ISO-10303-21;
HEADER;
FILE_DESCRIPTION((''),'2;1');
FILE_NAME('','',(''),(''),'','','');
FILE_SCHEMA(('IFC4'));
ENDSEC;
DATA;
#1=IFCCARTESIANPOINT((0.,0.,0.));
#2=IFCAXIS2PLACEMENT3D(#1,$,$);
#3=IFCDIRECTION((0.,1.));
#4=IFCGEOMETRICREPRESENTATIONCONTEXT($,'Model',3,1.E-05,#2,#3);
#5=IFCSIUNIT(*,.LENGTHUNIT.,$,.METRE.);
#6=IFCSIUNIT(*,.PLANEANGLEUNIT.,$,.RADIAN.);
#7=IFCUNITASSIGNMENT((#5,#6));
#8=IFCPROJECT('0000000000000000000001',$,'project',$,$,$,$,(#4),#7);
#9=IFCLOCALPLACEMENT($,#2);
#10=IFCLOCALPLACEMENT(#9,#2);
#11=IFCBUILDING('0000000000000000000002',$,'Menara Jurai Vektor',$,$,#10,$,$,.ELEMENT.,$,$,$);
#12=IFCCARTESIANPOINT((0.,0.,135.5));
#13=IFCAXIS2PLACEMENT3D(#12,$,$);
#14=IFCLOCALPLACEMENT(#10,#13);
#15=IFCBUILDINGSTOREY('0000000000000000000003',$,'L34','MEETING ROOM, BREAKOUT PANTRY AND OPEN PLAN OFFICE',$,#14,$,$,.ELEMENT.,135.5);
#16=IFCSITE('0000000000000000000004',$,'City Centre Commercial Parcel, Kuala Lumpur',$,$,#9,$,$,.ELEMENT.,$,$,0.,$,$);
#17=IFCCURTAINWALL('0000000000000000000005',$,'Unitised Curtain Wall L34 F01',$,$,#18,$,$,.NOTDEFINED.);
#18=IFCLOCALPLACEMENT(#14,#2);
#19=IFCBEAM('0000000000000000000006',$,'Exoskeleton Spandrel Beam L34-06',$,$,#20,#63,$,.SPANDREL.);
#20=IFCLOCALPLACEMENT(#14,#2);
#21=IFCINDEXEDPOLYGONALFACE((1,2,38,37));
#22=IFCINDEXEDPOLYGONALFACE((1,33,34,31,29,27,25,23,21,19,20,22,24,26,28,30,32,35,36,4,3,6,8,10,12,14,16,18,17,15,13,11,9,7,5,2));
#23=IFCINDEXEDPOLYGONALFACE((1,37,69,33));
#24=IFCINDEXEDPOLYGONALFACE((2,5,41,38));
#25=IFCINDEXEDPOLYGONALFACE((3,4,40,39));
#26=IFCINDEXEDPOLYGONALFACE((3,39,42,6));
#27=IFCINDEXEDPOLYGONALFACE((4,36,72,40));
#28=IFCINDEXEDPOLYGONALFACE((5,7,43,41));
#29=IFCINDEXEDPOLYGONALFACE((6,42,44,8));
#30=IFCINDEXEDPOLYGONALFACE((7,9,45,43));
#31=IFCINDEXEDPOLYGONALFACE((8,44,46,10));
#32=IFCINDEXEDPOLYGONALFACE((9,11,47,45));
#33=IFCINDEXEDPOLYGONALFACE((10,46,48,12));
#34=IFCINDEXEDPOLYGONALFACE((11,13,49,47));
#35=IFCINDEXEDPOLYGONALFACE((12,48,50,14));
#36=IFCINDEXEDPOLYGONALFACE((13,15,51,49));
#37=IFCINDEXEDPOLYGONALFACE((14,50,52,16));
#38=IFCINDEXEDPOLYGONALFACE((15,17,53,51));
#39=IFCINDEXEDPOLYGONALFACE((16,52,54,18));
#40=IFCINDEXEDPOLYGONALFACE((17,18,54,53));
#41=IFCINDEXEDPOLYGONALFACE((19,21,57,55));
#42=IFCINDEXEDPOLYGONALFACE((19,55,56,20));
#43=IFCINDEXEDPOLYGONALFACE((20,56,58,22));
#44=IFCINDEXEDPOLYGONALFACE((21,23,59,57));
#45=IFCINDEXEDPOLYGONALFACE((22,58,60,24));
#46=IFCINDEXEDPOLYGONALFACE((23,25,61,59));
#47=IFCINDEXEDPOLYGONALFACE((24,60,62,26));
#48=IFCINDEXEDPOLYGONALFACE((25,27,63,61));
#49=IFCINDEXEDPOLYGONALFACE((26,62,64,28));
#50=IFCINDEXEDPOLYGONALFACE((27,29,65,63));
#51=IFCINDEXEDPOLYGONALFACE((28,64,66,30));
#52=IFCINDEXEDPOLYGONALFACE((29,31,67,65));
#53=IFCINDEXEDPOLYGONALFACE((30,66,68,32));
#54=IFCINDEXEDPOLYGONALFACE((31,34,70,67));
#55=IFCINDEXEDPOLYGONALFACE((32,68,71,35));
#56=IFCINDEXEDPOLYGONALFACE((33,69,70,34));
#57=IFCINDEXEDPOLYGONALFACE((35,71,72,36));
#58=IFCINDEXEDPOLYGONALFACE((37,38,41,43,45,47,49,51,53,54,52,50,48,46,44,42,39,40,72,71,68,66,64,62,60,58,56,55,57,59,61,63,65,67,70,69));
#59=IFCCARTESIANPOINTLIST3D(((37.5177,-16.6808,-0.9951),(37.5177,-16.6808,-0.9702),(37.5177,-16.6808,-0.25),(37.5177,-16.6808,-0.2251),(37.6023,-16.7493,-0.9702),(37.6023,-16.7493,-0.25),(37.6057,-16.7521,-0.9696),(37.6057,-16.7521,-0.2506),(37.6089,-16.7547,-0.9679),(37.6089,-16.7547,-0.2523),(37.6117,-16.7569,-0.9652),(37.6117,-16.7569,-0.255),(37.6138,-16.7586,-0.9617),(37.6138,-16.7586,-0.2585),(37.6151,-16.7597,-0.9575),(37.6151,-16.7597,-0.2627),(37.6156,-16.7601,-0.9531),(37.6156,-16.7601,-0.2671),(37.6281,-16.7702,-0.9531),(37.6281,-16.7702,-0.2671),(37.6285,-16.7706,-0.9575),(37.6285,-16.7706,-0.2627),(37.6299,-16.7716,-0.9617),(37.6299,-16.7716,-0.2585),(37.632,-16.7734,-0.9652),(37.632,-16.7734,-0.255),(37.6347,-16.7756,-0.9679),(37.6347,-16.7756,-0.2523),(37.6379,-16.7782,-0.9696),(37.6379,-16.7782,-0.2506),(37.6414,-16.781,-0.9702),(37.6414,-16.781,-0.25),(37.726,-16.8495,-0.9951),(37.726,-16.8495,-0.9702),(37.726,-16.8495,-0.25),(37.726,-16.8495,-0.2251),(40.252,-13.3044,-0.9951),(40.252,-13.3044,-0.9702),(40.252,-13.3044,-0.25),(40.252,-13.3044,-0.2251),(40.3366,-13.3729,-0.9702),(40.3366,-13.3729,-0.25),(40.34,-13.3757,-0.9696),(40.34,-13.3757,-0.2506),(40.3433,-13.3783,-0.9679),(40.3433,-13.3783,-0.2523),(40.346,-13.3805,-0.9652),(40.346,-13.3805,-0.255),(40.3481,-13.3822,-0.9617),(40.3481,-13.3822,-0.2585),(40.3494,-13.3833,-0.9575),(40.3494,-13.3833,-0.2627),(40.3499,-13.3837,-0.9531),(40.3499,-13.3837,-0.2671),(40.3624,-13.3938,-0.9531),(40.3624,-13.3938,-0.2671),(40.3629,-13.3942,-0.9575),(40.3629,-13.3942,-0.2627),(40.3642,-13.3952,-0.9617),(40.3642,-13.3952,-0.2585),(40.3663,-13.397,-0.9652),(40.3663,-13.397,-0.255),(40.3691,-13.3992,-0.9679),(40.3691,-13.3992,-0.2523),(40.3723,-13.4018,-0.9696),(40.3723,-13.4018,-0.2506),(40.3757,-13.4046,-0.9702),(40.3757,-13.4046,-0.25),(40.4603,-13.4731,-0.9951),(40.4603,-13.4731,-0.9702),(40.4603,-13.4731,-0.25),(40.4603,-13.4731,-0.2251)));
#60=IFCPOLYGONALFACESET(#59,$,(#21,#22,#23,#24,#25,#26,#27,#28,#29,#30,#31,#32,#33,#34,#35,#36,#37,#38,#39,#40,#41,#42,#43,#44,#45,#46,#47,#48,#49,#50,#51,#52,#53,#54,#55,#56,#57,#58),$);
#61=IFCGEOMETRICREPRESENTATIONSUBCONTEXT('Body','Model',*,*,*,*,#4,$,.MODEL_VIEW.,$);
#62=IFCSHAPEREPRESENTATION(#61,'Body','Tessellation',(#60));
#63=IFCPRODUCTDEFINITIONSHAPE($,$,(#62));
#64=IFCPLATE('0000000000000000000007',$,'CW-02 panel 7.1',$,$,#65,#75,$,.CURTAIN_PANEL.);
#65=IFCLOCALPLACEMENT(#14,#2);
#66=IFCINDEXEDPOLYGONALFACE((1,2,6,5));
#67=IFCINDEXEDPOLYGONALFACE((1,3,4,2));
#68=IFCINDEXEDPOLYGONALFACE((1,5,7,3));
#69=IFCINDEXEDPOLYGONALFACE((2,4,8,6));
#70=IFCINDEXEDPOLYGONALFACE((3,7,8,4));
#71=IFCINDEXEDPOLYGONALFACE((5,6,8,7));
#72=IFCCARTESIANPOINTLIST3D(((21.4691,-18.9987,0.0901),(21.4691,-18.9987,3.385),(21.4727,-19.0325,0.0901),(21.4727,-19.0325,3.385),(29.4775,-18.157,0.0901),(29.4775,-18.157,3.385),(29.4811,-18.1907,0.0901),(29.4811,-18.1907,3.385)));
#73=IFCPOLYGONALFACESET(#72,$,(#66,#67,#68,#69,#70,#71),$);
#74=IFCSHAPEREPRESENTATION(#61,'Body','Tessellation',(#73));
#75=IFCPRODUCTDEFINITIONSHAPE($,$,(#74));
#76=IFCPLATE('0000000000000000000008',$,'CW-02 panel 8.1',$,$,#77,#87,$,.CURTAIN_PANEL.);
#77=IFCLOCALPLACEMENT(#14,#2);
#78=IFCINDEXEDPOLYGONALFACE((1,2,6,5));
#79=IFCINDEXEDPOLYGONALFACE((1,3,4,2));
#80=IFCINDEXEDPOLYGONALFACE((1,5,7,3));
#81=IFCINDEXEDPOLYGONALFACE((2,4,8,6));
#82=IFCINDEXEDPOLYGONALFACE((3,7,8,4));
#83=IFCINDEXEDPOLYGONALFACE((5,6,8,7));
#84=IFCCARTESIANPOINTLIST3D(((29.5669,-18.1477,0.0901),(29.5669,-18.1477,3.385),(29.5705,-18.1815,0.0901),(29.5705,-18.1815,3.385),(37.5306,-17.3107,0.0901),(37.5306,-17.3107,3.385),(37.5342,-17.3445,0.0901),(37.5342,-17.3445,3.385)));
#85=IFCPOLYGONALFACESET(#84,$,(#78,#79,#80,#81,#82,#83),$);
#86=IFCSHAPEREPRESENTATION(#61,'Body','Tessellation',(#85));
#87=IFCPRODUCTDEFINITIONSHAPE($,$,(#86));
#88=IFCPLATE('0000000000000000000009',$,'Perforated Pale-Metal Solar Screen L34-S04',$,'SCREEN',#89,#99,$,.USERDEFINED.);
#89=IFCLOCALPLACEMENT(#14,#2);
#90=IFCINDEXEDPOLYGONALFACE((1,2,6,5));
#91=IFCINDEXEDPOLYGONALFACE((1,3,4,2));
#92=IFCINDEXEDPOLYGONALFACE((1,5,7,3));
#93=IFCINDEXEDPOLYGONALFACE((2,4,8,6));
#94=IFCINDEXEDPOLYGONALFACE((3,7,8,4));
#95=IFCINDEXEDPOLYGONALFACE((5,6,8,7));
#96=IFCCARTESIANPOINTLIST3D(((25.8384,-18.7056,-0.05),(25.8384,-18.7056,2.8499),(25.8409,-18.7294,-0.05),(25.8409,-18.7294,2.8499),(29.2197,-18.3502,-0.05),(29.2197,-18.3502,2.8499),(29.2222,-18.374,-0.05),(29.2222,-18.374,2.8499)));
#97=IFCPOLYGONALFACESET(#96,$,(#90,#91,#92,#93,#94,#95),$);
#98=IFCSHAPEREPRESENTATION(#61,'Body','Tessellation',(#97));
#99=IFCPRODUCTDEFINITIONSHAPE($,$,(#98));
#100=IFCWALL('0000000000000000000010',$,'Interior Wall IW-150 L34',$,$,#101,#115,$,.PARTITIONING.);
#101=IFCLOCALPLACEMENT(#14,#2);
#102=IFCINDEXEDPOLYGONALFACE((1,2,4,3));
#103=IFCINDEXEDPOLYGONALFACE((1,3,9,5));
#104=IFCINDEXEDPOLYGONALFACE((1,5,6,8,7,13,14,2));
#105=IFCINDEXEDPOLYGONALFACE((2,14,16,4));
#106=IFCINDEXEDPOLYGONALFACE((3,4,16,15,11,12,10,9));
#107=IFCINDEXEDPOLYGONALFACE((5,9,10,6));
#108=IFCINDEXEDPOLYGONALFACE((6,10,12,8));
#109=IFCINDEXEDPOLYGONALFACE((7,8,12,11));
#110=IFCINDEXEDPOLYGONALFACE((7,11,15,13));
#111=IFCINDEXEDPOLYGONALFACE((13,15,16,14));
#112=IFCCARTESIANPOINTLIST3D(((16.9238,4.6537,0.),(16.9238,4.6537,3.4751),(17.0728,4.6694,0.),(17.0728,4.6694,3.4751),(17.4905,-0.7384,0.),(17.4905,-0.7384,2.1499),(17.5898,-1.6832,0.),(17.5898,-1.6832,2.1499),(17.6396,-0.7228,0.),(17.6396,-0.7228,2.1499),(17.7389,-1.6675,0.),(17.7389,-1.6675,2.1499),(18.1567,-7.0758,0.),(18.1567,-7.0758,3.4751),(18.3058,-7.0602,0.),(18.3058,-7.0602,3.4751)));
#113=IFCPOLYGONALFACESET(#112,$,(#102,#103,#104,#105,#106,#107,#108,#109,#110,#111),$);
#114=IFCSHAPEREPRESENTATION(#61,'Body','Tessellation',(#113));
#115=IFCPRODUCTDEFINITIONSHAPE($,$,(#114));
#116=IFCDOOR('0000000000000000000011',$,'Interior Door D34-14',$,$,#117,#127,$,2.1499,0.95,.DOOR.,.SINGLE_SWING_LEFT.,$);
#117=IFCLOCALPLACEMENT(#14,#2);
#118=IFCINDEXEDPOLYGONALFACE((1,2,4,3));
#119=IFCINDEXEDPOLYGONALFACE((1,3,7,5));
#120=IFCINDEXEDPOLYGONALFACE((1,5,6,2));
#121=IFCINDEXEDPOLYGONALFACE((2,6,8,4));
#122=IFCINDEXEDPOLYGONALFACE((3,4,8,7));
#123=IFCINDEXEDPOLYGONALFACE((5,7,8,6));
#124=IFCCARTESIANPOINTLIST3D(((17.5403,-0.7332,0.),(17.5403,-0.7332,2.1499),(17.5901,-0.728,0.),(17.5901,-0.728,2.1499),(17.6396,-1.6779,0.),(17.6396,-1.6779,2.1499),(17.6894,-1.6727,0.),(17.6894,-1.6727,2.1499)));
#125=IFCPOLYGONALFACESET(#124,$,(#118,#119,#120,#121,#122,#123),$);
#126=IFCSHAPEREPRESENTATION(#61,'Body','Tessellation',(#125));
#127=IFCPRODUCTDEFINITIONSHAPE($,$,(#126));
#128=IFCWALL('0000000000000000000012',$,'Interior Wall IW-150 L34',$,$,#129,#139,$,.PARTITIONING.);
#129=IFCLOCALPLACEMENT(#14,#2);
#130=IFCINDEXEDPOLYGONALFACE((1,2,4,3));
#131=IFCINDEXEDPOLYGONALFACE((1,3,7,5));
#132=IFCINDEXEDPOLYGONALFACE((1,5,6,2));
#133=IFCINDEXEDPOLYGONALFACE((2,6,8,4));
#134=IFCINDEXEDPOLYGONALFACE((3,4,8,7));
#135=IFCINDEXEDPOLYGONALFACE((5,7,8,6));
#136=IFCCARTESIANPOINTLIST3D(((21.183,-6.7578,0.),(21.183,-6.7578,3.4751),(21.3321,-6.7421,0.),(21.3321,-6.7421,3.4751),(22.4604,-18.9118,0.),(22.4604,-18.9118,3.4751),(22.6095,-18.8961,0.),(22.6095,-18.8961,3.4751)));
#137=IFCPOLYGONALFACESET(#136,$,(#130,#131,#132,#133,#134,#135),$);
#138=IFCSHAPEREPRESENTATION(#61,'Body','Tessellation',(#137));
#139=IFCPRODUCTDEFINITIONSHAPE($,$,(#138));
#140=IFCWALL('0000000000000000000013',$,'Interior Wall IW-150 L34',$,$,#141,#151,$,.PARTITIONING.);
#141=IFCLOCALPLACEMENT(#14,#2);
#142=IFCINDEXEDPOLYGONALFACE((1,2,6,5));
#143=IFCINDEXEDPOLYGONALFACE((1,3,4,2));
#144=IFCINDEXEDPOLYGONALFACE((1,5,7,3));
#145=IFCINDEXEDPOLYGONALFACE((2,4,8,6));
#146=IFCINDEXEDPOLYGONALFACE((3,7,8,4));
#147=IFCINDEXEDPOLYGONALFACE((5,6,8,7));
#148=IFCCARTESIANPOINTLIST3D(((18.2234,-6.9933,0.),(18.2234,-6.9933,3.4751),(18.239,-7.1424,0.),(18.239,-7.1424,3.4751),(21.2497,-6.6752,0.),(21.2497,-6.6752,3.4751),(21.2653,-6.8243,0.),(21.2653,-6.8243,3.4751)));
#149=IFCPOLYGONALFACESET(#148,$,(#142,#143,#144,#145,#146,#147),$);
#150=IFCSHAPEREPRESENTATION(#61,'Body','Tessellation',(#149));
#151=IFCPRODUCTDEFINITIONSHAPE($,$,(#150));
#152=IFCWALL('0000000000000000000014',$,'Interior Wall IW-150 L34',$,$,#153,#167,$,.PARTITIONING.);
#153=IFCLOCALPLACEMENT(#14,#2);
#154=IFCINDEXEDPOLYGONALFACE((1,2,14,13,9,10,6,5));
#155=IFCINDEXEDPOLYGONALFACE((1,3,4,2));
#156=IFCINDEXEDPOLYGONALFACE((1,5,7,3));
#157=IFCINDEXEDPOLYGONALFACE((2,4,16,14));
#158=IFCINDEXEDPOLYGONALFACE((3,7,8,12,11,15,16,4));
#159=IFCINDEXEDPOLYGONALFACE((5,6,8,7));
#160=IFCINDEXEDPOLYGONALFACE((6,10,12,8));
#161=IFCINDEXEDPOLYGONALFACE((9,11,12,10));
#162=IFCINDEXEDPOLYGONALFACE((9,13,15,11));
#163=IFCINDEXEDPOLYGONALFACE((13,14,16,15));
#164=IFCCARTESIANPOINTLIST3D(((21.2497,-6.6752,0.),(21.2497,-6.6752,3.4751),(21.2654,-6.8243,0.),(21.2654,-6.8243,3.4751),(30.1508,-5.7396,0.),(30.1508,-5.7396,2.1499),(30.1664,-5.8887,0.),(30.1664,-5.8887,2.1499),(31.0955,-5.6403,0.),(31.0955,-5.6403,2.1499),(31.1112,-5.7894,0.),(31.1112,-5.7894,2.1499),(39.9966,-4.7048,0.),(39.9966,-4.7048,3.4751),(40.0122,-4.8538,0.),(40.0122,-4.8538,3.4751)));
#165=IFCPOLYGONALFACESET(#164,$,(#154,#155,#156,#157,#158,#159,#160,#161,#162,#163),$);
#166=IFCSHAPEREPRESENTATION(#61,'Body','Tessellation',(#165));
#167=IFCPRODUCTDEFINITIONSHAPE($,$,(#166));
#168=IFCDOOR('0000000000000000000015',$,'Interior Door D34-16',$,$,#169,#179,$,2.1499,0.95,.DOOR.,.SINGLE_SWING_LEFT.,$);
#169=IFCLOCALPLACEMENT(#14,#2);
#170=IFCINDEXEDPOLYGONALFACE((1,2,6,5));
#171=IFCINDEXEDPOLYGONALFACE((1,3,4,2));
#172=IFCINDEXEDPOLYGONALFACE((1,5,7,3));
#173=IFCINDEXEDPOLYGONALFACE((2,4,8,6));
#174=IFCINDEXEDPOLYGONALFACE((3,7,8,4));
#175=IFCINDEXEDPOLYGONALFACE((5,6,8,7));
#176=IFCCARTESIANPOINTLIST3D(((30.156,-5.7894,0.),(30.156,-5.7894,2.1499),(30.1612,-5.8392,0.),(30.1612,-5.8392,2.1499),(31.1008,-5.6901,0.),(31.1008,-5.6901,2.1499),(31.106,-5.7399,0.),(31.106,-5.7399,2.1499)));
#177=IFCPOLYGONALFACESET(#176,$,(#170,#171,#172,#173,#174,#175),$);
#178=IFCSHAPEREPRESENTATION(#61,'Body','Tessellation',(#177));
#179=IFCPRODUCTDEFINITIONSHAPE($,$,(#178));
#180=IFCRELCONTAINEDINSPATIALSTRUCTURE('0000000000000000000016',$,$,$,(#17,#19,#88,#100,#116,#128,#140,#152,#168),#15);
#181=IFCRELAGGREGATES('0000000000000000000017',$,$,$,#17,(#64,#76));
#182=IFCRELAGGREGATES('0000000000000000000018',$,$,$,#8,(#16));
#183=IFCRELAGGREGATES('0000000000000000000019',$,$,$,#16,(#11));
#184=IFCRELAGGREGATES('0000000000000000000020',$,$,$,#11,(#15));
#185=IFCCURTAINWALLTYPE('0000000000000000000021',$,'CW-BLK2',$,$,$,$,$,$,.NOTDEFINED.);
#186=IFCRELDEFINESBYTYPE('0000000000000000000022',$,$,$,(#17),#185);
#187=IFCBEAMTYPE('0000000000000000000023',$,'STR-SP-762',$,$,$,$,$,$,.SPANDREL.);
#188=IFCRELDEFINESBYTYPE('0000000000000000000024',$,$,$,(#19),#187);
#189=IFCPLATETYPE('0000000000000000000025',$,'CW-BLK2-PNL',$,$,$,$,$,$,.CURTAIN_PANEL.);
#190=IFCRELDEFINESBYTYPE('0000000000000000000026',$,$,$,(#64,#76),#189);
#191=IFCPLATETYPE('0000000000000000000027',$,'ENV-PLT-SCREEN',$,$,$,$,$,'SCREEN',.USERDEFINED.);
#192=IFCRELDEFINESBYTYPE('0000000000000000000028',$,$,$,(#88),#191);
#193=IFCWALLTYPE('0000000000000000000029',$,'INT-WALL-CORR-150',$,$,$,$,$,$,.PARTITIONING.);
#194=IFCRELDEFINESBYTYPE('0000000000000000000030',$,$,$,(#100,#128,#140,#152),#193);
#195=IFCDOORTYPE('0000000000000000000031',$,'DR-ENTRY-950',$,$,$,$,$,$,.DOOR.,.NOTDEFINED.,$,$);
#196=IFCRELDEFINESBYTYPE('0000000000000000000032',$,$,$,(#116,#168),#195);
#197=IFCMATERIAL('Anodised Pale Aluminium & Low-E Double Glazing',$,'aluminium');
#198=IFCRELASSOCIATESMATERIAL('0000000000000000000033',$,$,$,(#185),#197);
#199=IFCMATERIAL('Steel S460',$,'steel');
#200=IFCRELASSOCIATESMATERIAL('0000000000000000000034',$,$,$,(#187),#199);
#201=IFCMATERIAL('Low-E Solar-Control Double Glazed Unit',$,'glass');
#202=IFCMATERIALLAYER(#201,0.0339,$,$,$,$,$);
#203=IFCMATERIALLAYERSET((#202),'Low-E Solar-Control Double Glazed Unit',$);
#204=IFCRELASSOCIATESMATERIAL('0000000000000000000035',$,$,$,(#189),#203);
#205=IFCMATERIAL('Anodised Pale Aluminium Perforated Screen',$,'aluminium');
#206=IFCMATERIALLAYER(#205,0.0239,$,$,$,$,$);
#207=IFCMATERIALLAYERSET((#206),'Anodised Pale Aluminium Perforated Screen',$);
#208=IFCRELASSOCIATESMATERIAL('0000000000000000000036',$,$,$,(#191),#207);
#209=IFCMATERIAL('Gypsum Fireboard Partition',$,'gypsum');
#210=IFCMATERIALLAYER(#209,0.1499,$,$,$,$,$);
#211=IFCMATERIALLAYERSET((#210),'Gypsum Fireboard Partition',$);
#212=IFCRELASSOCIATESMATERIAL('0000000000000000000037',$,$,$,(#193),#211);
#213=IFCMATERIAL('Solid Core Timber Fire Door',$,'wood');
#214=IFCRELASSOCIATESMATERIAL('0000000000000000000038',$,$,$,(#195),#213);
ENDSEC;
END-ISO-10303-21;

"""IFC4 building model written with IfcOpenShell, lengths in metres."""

from ifc_helpers import new_model, si_unit, direction, frame, frame_2d, origin, origin_2d, place, context, subcontext, project, spatial, rectangle, i_section, extrude, material, layer, layer_set, material_profile, profile_set, type_object, element, fill, aggregate, save


model = new_model("IFC4")

# Units and contexts
model_context = context("Model", 3, precision=1e-05, world=origin(), true_north=direction((0.0, 1.0)))
body_context = subcontext(model_context, "Body", "Model", "MODEL_VIEW")
ifc_project = project(units=[si_unit("LENGTHUNIT", "METRE"), si_unit("PLANEANGLEUNIT", "RADIAN")], contexts=[model_context])

# Site, building, storey
site_placement = place(None, origin())
site = spatial("IfcSite", under=ifc_project, at=site_placement, Name="City Centre Commercial Parcel, Kuala Lumpur", CompositionType="ELEMENT", RefElevation=0.0)
building_placement = place(site_placement, origin())
building = spatial("IfcBuilding", under=site, at=building_placement, Name="Menara Jurai Vektor", CompositionType="ELEMENT")
storey_placement = place(building_placement, frame((0.0, 0.0, 135.5)))
storey = spatial("IfcBuildingStorey", under=building, at=storey_placement, Name="L34", Description="MEETING ROOM, BREAKOUT PANTRY AND OPEN PLAN OFFICE", CompositionType="ELEMENT", Elevation=135.5)

# Shared definitions
ifc_material_1 = material(Name="Steel S460", Category="steel")

# Curtain wall
ifc_material_2 = material(Name="Anodised Pale Aluminium & Low-E Double Glazing", Category="aluminium")
curtain_wall_type = type_object("IfcCurtainWallType", Name="CW-BLK2", PredefinedType="NOTDEFINED", material=ifc_material_2)
curtain_wall_1_placement = place(storey_placement, origin())
curtain_wall_1 = element("IfcCurtainWall", 1, at=curtain_wall_1_placement, inside=storey, type_object=curtain_wall_type, Name="Unitised Curtain Wall L34 F01", PredefinedType="NOTDEFINED")

# Beam
ifc_material_profile_1 = material_profile(ifc_material_1, i_section(OverallWidth=0.2681, OverallDepth=0.77, WebThickness=0.0161, FlangeThickness=0.0249, FilletRadius=0.0171, at=origin_2d()), Name="UKB 762x267x197")
ifc_profile_set_1 = profile_set([ifc_material_profile_1], Name="Steel S460")
beam_type_1 = type_object("IfcBeamType", Name="STR-SP-762", PredefinedType="SPANDREL", material=ifc_profile_set_1)
beam_1_placement = place(storey_placement, frame((37.6218, -16.7651, -0.6101), z_axis=(0.629344, 0.777127, 0.0), x_axis=(-0.777127, 0.629344, 0.0)))
element("IfcBeam", 2, at=beam_1_placement, inside=storey, type_object=beam_type_1, Name="Exoskeleton Spandrel Beam L34-06", PredefinedType="SPANDREL", context=body_context, shape_type="SweptSolid", body=[
    extrude(i_section(OverallWidth=0.2681, OverallDepth=0.77, WebThickness=0.0161, FlangeThickness=0.0249, FilletRadius=0.0171, at=origin_2d()), origin(), (0.0, 0.0, 1.0), 4.3447),
])

# Plates
ifc_material_3 = material(Name="Low-E Solar-Control Double Glazed Unit", Category="glass")
ifc_layer_1 = layer(ifc_material_3, 0.0339)
ifc_layer_set_1 = layer_set([ifc_layer_1], Name="Low-E Solar-Control Double Glazed Unit")
plate_type_1 = type_object("IfcPlateType", Name="CW-BLK2-PNL", PredefinedType="CURTAIN_PANEL", material=ifc_layer_set_1)
plate_1_placement = place(storey_placement, frame((25.4751, -18.5947, 0.0901), z_axis=(0.0, 0.0, 1.0), x_axis=(0.994522, 0.104529, 0.0)))
plate_1 = element("IfcPlate", 3, at=plate_1_placement, type_object=plate_type_1, Name="CW-02 panel 7.1", PredefinedType="CURTAIN_PANEL", context=body_context, shape_type="SweptSolid", body=[
    extrude(rectangle(XDim=8.0525, YDim=0.0339, at=origin_2d()), origin(), (0.0, 0.0, 1.0), 3.2949),
])
plate_2_placement = place(storey_placement, frame((33.5505, -17.7461, 0.0901), z_axis=(0.0, 0.0, 1.0), x_axis=(0.994522, 0.104529, 0.0)))
plate_2 = element("IfcPlate", 4, at=plate_2_placement, type_object=plate_type_1, Name="CW-02 panel 8.1", PredefinedType="CURTAIN_PANEL", context=body_context, shape_type="SweptSolid", body=[
    extrude(rectangle(XDim=8.0076, YDim=0.0339, at=origin_2d()), origin(), (0.0, 0.0, 1.0), 3.2949),
])
aggregate(curtain_wall_1, [plate_1, plate_2])
ifc_material_4 = material(Name="Anodised Pale Aluminium Perforated Screen", Category="aluminium")
ifc_layer_2 = layer(ifc_material_4, 0.0239)
ifc_layer_set_2 = layer_set([ifc_layer_2], Name="Anodised Pale Aluminium Perforated Screen")
plate_type_2 = type_object("IfcPlateType", Name="ENV-PLT-SCREEN", ElementType="SCREEN", PredefinedType="USERDEFINED", material=ifc_layer_set_2)
plate_3_placement = place(storey_placement, frame((27.5303, -18.5398, -0.05), z_axis=(0.0, 0.0, 1.0), x_axis=(0.994522, 0.104528, 0.0)))
element("IfcPlate", 5, at=plate_3_placement, inside=storey, type_object=plate_type_2, Name="Perforated Pale-Metal Solar Screen L34-S04", ObjectType="SCREEN", PredefinedType="USERDEFINED", context=body_context, shape_type="SweptSolid", body=[
    extrude(rectangle(XDim=3.3999, YDim=0.0239, at=origin_2d()), origin(), (0.0, 0.0, 1.0), 2.8999),
])

# Wall, opening, door
ifc_material_5 = material(Name="Gypsum Fireboard Partition", Category="gypsum")
ifc_layer_3 = layer(ifc_material_5, 0.1499)
ifc_layer_set_3 = layer_set([ifc_layer_3], Name="Gypsum Fireboard Partition")
wall_type = type_object("IfcWallType", Name="INT-WALL-CORR-150", PredefinedType="PARTITIONING", material=ifc_layer_set_3)
wall_1_placement = place(storey_placement, frame((18.2312, -7.0679, 0.0), z_axis=(0.0, 0.0, 1.0), x_axis=(-0.104536, 0.994521, 0.0)))
wall_1 = element("IfcWall", 6, at=wall_1_placement, inside=storey, type_object=wall_type, Name="Interior Wall IW-150 L34", PredefinedType="PARTITIONING", context=body_context, shape_type="SweptSolid", body=[
    extrude(rectangle(XDim=11.7942, YDim=0.1499, at=frame_2d((5.897, 0.0))), origin(), (0.0, 0.0, 1.0), 3.4751),
])
opening_1_placement = place(wall_1_placement, frame((5.4221, 0.0, 0.0)))
opening_1 = element("IfcOpeningElement", 7, at=opening_1_placement, cuts=wall_1, PredefinedType="OPENING", context=body_context, shape_type="SweptSolid", body=[
    extrude(rectangle(XDim=0.95, YDim=2.1499, at=frame_2d((0.4751, 1.075))), frame((0.0, 0.085, 0.0), z_axis=(0.0, -1.0, 0.0), x_axis=(1.0, 0.0, 0.0)), (0.0, 0.0, 1.0), 0.1699),
])
ifc_material_6 = material(Name="Solid Core Timber Fire Door", Category="wood")
door_type = type_object("IfcDoorType", Name="DR-ENTRY-950", OperationType="NOTDEFINED", PredefinedType="DOOR", material=ifc_material_6)
door_1_placement = place(opening_1_placement, origin())
door_1 = element("IfcDoor", 8, at=door_1_placement, inside=storey, type_object=door_type, Name="Interior Door D34-14", OperationType="SINGLE_SWING_LEFT", OverallHeight=2.1499, OverallWidth=0.95, PredefinedType="DOOR", context=body_context, shape_type="SweptSolid", body=[
    extrude(rectangle(XDim=0.95, YDim=2.1499, at=frame_2d((0.4751, 1.075))), frame((0.0, 0.0249, 0.0), z_axis=(0.0, -1.0, 0.0), x_axis=(1.0, 0.0, 0.0)), (0.0, 0.0, 1.0), 0.05),
])
fill(opening_1, door_1)

# Walls
wall_2_placement = place(storey_placement, frame((22.5349, -18.9038, 0.0), z_axis=(0.0, 0.0, 1.0), x_axis=(-0.10452, 0.994523, 0.0)))
element("IfcWall", 9, at=wall_2_placement, inside=storey, type_object=wall_type, Name="Interior Wall IW-150 L34", PredefinedType="PARTITIONING", context=body_context, shape_type="SweptSolid", body=[
    extrude(rectangle(XDim=12.2209, YDim=0.1499, at=frame_2d((6.1104, 0.0))), origin(), (0.0, 0.0, 1.0), 3.4751),
])
wall_3_placement = place(storey_placement, frame((18.2312, -7.0679, 0.0), z_axis=(0.0, 0.0, 1.0), x_axis=(0.994521, 0.104539, 0.0)))
element("IfcWall", 10, at=wall_3_placement, inside=storey, type_object=wall_type, Name="Interior Wall IW-150 L34", PredefinedType="PARTITIONING", context=body_context, shape_type="SweptSolid", body=[
    extrude(rectangle(XDim=3.043, YDim=0.1499, at=frame_2d((1.5215, 0.0))), origin(), (0.0, 0.0, 1.0), 3.4751),
])

# Wall, opening, door
wall_4_placement = place(storey_placement, frame((21.2576, -6.7498, 0.0), z_axis=(0.0, 0.0, 1.0), x_axis=(0.994521, 0.104533, 0.0)))
wall_4 = element("IfcWall", 11, at=wall_4_placement, inside=storey, type_object=wall_type, Name="Interior Wall IW-150 L34", PredefinedType="PARTITIONING", context=body_context, shape_type="SweptSolid", body=[
    extrude(rectangle(XDim=18.8501, YDim=0.1499, at=frame_2d((9.425, 0.0))), origin(), (0.0, 0.0, 1.0), 3.4751),
])
opening_2_placement = place(wall_4_placement, frame((8.95, 0.0, 0.0)))
opening_2 = element("IfcOpeningElement", 12, at=opening_2_placement, cuts=wall_4, PredefinedType="OPENING", context=body_context, shape_type="SweptSolid", body=[
    extrude(rectangle(XDim=0.95, YDim=2.1499, at=frame_2d((0.4751, 1.075))), frame((0.0, 0.085, 0.0), z_axis=(0.0, -1.0, 0.0), x_axis=(1.0, 0.0, 0.0)), (0.0, 0.0, 1.0), 0.1699),
])
door_2_placement = place(opening_2_placement, origin())
door_2 = element("IfcDoor", 13, at=door_2_placement, inside=storey, type_object=door_type, Name="Interior Door D34-16", OperationType="SINGLE_SWING_LEFT", OverallHeight=2.1499, OverallWidth=0.95, PredefinedType="DOOR", context=body_context, shape_type="SweptSolid", body=[
    extrude(rectangle(XDim=0.95, YDim=2.1499, at=frame_2d((0.4751, 1.075))), frame((0.0, 0.0249, 0.0), z_axis=(0.0, -1.0, 0.0), x_axis=(1.0, 0.0, 0.0)), (0.0, 0.0, 1.0), 0.05),
])
fill(opening_2, door_2)

save(model, "model.ifc")
